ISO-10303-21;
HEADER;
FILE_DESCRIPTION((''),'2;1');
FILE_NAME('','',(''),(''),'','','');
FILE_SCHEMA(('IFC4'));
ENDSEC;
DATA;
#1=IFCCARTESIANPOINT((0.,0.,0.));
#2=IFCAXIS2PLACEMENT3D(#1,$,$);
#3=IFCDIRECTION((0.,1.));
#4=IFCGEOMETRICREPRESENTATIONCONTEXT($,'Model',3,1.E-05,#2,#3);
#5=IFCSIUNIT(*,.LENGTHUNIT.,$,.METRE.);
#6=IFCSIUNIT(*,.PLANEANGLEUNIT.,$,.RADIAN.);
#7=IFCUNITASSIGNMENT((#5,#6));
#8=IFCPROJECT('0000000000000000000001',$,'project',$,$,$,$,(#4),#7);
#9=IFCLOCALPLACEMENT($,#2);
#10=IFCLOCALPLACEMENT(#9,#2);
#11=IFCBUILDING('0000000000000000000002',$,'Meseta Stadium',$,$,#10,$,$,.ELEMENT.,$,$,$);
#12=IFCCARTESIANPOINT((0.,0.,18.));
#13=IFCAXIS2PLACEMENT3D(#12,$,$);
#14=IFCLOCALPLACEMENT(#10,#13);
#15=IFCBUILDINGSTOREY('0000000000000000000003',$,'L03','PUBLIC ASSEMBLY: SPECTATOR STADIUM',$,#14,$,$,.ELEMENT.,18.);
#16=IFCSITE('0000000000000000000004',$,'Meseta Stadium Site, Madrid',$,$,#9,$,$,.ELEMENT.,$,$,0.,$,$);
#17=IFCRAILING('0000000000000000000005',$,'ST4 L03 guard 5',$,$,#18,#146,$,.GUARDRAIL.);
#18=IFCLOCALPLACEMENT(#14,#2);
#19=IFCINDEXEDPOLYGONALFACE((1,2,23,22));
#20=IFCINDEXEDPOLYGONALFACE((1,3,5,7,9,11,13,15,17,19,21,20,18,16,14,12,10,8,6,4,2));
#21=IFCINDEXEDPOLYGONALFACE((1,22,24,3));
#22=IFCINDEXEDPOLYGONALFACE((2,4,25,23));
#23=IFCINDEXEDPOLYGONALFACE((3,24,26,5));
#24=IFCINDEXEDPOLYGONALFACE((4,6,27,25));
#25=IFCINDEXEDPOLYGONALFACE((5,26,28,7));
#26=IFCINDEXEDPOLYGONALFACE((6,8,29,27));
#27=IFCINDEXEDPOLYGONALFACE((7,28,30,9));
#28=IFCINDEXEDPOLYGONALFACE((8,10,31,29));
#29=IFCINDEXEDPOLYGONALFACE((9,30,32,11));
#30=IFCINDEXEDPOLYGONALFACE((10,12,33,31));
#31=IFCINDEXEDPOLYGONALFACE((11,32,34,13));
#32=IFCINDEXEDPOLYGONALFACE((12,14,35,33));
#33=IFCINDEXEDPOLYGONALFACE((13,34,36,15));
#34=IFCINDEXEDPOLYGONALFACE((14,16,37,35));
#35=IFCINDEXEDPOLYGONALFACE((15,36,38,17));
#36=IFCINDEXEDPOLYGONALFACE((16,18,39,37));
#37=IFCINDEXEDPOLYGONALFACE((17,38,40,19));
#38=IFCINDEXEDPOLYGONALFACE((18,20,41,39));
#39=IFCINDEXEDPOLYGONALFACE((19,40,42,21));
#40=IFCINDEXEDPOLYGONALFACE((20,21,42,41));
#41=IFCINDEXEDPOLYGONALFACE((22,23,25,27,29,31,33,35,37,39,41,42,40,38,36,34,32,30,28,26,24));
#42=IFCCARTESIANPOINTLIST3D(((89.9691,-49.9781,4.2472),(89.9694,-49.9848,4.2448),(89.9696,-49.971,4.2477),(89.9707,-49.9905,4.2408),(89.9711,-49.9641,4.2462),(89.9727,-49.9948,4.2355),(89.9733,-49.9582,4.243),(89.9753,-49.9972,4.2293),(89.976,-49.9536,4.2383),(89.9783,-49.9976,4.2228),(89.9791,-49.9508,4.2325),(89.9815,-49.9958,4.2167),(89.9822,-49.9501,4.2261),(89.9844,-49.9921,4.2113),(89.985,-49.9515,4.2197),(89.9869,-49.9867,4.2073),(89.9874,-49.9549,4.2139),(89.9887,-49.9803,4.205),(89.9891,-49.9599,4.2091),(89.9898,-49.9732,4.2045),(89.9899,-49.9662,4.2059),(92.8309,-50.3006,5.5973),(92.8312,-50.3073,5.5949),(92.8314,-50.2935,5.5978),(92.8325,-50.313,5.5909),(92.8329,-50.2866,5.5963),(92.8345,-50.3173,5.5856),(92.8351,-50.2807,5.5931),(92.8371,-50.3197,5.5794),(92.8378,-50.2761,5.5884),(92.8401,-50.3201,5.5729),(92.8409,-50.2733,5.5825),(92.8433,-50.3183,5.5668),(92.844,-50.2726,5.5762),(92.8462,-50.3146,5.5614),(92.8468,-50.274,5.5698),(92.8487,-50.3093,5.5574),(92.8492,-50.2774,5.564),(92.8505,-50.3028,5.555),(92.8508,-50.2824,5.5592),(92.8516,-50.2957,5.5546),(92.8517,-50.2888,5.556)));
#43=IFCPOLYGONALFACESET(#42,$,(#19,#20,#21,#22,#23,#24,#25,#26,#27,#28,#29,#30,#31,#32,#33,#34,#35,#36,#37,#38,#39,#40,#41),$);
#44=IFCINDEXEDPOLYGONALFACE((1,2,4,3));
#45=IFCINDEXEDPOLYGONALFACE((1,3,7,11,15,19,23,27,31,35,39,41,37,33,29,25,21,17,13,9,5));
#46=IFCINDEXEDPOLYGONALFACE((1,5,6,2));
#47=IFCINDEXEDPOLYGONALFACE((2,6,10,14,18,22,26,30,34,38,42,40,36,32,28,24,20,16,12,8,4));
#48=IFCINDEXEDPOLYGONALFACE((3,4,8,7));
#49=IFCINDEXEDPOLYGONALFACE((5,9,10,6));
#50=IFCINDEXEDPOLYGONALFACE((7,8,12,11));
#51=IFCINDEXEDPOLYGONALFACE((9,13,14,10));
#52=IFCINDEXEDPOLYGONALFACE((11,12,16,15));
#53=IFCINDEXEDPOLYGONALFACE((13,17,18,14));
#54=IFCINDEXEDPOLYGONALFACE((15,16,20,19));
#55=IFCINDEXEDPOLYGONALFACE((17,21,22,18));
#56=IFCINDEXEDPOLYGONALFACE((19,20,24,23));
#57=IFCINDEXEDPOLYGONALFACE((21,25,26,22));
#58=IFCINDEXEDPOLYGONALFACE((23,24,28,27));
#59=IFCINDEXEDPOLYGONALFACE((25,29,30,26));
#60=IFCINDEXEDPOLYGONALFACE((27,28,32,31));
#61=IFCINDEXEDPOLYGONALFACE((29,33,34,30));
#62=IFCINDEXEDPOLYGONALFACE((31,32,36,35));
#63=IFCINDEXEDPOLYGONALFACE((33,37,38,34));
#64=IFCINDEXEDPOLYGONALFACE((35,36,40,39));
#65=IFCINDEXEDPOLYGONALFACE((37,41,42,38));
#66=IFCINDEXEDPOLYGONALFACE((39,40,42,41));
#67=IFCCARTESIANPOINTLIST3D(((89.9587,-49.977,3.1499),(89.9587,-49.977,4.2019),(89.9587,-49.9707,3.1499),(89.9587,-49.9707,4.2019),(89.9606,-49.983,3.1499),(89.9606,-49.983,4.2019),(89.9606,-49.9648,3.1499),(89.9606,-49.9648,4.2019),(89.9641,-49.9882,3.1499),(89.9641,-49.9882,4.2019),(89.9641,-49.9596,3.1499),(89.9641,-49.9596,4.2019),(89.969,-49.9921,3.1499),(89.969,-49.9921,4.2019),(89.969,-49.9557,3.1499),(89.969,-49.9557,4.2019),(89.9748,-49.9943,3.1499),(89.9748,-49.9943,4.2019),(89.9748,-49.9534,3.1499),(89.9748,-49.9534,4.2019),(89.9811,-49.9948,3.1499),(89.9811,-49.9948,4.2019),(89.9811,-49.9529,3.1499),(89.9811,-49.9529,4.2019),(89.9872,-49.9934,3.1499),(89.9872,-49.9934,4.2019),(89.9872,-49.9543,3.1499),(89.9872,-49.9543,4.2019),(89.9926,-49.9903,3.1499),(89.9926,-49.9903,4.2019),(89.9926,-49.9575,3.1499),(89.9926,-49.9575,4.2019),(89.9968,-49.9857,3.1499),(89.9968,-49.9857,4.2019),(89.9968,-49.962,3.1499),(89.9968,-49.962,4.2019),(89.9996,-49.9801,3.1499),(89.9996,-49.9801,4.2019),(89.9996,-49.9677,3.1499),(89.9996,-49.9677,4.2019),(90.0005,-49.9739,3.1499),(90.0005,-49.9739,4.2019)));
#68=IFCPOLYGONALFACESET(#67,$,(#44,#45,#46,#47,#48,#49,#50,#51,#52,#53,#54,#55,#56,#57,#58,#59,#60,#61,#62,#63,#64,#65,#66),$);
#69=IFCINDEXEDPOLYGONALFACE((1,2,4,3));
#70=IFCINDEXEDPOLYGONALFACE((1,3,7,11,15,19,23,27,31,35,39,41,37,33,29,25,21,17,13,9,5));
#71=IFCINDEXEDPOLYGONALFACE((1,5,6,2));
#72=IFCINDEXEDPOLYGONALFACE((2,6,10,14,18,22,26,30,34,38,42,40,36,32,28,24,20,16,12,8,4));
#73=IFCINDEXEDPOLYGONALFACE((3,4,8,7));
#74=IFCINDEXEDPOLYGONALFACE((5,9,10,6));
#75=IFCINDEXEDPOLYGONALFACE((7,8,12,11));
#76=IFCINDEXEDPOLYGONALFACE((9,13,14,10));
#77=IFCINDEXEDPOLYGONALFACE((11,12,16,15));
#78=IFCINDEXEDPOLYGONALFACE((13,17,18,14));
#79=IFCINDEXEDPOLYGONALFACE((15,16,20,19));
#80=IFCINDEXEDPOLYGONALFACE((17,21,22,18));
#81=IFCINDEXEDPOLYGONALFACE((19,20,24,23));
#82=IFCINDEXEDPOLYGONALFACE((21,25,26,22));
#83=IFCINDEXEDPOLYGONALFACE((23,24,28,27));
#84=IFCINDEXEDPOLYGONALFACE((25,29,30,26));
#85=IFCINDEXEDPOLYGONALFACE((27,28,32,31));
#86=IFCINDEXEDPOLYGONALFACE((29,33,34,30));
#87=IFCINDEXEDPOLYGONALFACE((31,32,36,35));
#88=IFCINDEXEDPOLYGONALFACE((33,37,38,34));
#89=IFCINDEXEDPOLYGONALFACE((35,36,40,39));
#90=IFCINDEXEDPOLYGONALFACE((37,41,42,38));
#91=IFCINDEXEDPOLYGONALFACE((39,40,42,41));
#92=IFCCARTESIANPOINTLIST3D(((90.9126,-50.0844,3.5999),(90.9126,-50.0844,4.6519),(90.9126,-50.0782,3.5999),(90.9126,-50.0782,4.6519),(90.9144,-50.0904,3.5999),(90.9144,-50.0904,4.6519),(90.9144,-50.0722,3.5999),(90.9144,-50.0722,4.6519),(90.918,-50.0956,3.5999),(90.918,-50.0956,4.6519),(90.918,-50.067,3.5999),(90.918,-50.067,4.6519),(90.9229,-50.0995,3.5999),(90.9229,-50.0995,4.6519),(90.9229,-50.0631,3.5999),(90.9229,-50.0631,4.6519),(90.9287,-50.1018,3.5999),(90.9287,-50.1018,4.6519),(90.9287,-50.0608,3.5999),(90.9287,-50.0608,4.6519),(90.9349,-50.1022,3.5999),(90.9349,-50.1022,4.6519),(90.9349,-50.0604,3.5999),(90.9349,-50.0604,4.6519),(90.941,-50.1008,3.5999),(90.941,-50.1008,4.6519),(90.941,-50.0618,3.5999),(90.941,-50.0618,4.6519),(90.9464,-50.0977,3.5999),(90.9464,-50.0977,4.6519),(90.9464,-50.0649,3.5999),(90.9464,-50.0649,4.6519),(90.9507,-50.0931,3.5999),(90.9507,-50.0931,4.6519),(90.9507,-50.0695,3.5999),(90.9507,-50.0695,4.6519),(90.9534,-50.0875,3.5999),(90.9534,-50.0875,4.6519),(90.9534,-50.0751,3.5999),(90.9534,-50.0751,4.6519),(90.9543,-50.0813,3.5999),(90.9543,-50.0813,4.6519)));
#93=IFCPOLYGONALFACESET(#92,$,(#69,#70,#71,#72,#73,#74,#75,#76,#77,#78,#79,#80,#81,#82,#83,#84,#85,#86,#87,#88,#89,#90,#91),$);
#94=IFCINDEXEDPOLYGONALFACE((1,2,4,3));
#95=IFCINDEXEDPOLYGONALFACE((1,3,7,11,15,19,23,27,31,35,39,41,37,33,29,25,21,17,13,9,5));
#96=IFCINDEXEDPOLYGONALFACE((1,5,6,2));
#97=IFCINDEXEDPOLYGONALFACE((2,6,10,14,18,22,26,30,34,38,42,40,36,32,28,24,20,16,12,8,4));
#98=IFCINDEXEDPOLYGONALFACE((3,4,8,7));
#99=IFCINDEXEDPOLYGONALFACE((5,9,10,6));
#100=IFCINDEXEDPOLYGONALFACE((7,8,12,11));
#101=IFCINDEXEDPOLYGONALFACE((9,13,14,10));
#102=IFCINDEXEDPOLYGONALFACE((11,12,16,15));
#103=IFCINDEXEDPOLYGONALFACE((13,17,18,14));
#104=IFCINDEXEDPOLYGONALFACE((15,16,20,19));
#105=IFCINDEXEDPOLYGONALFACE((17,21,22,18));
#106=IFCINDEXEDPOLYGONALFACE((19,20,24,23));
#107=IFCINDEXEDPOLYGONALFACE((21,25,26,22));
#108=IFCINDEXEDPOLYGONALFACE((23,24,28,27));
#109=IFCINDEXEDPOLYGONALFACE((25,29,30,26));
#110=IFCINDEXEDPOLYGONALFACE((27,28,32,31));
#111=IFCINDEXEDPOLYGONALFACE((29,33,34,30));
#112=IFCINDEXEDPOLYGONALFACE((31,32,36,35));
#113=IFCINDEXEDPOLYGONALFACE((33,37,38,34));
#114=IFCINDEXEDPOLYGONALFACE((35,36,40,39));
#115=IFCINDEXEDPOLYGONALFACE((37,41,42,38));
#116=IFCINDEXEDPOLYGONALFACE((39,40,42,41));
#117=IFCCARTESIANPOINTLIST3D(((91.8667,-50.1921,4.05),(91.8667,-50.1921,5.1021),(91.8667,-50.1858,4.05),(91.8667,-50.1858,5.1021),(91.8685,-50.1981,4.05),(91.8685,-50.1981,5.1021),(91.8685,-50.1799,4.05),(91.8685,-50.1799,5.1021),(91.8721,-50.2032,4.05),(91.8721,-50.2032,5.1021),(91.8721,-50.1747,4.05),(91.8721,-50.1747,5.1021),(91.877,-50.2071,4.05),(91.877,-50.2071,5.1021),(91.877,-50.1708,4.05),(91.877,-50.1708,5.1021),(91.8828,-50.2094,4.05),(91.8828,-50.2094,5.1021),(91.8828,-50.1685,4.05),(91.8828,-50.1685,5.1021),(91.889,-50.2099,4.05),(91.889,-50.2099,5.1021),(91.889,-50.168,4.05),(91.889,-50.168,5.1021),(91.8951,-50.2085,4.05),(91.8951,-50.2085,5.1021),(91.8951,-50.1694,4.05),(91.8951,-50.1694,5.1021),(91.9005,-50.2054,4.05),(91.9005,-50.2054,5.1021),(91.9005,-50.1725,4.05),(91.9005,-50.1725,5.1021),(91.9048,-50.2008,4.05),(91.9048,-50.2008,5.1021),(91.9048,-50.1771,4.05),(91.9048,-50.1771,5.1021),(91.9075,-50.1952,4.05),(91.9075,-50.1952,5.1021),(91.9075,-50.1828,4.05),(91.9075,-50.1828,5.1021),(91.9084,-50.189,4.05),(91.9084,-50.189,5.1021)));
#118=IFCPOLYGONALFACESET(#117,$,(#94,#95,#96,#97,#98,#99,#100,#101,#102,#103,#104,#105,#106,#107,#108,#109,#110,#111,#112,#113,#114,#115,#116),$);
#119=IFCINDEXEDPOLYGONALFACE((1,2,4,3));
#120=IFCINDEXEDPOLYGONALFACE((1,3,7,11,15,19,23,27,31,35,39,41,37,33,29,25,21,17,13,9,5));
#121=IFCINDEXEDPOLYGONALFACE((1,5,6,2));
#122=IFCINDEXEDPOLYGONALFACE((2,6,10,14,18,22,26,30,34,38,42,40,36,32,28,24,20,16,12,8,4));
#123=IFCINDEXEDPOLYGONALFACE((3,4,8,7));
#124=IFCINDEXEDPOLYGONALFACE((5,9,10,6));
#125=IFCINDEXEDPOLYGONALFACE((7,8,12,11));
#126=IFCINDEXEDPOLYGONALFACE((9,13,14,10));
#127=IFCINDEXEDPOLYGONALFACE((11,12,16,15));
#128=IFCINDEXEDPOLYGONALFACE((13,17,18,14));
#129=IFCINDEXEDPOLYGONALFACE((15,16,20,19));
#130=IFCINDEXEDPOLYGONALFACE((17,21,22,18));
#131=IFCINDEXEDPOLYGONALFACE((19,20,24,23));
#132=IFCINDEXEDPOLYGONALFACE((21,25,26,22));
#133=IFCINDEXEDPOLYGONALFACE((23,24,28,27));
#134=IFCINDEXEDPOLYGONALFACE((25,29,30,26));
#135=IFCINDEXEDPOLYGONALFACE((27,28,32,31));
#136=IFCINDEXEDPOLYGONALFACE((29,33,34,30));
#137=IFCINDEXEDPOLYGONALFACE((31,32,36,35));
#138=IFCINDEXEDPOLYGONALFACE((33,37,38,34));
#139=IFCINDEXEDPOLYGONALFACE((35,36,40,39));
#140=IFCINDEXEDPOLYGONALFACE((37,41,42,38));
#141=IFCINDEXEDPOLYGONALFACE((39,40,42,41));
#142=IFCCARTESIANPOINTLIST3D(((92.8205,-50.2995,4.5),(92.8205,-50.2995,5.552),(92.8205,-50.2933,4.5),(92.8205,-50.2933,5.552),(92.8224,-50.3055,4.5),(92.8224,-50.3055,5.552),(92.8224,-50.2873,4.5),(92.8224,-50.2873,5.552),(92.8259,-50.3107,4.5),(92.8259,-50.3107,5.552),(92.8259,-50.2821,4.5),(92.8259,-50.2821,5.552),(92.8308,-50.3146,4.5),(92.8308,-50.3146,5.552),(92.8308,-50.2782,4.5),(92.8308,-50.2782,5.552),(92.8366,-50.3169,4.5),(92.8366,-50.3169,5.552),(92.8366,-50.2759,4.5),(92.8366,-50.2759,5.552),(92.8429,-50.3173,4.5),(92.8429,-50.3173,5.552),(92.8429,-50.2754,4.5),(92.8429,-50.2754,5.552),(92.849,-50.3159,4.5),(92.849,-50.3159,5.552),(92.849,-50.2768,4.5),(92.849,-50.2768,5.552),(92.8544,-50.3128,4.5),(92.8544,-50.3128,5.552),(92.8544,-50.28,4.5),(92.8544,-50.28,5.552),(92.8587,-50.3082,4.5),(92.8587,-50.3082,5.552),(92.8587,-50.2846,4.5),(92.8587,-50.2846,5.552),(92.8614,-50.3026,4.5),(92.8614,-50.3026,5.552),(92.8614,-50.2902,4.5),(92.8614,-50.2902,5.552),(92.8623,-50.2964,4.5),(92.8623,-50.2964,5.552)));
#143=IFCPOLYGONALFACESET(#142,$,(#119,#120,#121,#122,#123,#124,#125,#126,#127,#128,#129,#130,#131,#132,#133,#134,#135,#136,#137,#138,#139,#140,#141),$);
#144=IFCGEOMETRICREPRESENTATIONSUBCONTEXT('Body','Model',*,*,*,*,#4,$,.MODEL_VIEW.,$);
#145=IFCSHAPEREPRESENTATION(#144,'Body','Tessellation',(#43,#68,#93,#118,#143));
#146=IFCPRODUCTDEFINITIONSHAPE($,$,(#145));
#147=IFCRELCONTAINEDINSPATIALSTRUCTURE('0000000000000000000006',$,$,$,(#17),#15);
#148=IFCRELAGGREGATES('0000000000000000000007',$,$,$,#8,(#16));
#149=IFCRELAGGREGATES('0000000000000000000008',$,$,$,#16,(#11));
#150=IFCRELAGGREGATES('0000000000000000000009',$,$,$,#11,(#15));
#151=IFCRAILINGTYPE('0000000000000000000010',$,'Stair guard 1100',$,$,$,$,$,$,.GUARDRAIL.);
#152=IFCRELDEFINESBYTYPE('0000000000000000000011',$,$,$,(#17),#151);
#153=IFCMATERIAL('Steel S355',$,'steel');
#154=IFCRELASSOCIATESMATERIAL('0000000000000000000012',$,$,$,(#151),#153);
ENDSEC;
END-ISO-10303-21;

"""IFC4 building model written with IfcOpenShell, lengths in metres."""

from ifc_helpers import new_model, si_unit, direction, frame, origin, origin_2d, place, context, subcontext, project, spatial, circle, extrude, material, type_object, element, save


model = new_model("IFC4")

# Units and contexts
model_context = context("Model", 3, precision=1e-05, world=origin(), true_north=direction((0.0, 1.0)))
body_context = subcontext(model_context, "Body", "Model", "MODEL_VIEW")
ifc_project = project(units=[si_unit("LENGTHUNIT", "METRE"), si_unit("PLANEANGLEUNIT", "RADIAN")], contexts=[model_context])

# Site, building, storey
site_placement = place(None, origin())
site = spatial("IfcSite", under=ifc_project, at=site_placement, Name="Meseta Stadium Site, Madrid", CompositionType="ELEMENT", RefElevation=0.0)
building_placement = place(site_placement, origin())
building = spatial("IfcBuilding", under=site, at=building_placement, Name="Meseta Stadium", CompositionType="ELEMENT")
storey_placement = place(building_placement, frame((0.0, 0.0, 18.0)))
storey = spatial("IfcBuildingStorey", under=building, at=storey_placement, Name="L03", Description="PUBLIC ASSEMBLY: SPECTATOR STADIUM", CompositionType="ELEMENT", Elevation=18.0)

# Railing
ifc_material_1 = material(Name="Steel S355", Category="steel")
railing_type_1 = type_object("IfcRailingType", Name="Stair guard 1100", PredefinedType="GUARDRAIL", material=ifc_material_1)
railing_1_placement = place(storey_placement, frame((89.9795, -49.9739, 3.1499)))
element("IfcRailing", 1, at=railing_1_placement, inside=storey, type_object=railing_type_1, Name="ST4 L03 guard 5", PredefinedType="GUARDRAIL", context=body_context, shape_type="SweptSolid", body=[
    extrude(circle(Radius=0.0239, at=origin_2d()), frame((0.0, 0.0, 1.0762), z_axis=(0.899748, -0.101396, 0.424467), x_axis=(0.111985, 0.99371, 0.0)), (0.0, 0.0, 1.0), 3.1807),
    extrude(circle(Radius=0.021, at=origin_2d()), origin(), (0.0, 0.0, 1.0), 1.052),
    extrude(circle(Radius=0.021, at=origin_2d()), frame((0.9539, -0.1074, 0.45)), (0.0, 0.0, 1.0), 1.052),
    extrude(circle(Radius=0.021, at=origin_2d()), frame((1.908, -0.2151, 0.9001)), (0.0, 0.0, 1.0), 1.052),
    extrude(circle(Radius=0.021, at=origin_2d()), frame((2.8618, -0.3225, 1.3501)), (0.0, 0.0, 1.0), 1.052),
])

save(model, "model.ifc")
